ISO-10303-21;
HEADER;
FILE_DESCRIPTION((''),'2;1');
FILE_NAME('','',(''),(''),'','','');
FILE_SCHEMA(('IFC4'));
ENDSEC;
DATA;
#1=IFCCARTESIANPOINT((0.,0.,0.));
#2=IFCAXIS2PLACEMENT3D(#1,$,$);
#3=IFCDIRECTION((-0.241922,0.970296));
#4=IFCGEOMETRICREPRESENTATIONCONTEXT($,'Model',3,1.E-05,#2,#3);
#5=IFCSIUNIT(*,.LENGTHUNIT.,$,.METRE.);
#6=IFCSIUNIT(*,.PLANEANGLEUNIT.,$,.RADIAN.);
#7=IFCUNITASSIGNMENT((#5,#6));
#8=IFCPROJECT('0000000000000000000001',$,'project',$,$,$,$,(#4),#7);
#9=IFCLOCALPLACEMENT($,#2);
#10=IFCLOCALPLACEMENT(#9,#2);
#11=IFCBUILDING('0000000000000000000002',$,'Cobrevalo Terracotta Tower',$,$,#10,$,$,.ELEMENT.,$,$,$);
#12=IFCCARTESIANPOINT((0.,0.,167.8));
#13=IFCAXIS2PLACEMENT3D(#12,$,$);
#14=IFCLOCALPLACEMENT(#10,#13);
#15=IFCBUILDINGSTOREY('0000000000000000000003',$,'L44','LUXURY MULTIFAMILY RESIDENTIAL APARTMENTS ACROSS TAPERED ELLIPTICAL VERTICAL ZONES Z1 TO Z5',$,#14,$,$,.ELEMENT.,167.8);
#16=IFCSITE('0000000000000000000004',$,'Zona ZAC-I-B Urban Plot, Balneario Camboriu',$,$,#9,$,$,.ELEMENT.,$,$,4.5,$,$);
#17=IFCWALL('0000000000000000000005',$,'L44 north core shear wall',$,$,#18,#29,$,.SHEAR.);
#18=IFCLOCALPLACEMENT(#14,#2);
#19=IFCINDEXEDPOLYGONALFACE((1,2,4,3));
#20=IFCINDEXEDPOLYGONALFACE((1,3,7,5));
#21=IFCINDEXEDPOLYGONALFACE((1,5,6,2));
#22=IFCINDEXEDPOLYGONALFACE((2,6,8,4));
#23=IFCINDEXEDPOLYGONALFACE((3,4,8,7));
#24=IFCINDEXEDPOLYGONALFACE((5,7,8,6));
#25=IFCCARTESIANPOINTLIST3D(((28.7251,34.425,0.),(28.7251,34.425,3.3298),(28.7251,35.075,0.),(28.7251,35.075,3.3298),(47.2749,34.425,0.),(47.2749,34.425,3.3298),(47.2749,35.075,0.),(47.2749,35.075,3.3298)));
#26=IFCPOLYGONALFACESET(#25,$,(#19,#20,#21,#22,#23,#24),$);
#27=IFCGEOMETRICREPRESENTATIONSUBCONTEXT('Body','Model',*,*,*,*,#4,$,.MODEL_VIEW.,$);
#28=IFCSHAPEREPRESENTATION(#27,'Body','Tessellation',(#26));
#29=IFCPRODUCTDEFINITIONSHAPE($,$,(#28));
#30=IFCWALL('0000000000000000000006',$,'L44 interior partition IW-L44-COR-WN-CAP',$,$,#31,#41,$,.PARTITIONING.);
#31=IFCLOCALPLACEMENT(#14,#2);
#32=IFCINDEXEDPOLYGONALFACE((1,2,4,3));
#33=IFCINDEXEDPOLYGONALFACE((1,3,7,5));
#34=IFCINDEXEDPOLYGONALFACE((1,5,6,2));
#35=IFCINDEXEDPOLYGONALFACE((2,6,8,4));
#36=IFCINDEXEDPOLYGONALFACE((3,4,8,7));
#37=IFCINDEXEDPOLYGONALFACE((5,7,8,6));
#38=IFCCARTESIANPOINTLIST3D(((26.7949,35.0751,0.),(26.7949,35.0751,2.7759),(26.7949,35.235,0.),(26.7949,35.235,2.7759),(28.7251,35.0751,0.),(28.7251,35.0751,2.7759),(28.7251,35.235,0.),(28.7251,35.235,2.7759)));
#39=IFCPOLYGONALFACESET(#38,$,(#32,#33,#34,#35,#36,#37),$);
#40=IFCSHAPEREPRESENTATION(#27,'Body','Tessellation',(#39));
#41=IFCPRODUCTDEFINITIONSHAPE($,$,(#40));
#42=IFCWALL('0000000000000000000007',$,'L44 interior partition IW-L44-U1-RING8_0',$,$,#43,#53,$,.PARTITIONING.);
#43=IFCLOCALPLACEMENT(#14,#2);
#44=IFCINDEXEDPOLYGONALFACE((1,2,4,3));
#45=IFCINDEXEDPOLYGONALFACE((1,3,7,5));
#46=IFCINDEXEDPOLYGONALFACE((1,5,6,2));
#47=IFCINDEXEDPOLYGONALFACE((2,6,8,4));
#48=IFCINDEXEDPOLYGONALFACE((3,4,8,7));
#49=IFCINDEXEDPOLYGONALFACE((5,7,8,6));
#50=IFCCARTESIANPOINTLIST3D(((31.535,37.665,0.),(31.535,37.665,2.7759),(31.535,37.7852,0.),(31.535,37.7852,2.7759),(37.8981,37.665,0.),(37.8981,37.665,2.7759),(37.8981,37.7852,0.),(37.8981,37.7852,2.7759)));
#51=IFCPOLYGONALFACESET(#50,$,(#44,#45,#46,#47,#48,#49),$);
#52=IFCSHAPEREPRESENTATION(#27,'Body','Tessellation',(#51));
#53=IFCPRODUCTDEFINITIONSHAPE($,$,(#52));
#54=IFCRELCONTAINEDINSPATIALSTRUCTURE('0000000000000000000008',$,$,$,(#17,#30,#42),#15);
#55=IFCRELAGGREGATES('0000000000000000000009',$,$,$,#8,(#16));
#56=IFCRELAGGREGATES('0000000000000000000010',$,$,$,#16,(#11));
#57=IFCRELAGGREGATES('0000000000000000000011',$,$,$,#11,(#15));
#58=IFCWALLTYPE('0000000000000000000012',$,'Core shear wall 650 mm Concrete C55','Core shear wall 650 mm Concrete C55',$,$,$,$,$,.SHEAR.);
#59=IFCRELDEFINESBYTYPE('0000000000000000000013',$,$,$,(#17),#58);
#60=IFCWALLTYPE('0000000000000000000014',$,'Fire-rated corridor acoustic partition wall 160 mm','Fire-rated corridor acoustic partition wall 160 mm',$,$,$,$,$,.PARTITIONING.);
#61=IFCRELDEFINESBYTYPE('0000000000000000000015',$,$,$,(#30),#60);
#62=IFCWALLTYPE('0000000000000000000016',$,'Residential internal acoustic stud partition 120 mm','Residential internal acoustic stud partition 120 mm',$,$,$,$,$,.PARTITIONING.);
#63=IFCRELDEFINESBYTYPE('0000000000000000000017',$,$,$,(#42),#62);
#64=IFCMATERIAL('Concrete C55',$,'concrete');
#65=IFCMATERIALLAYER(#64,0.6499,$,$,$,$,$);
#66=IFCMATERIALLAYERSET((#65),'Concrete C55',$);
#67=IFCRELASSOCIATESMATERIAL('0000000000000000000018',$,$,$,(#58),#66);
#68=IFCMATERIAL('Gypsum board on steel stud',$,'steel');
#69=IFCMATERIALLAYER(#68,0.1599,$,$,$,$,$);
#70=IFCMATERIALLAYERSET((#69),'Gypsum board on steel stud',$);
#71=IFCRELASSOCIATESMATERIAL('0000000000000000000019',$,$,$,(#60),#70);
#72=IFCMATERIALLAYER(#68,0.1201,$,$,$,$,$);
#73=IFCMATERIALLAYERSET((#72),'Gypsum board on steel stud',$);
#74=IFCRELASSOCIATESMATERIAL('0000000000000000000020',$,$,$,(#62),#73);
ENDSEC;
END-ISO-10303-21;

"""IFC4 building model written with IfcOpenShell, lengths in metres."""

from ifc_helpers import new_model, si_unit, direction, frame, frame_2d, origin, place, context, subcontext, project, spatial, rectangle, extrude, material, layer, layer_set, type_object, element, save


model = new_model("IFC4")

# Units and contexts
model_context = context("Model", 3, precision=1e-05, world=origin(), true_north=direction((-0.241922, 0.970296)))
body_context = subcontext(model_context, "Body", "Model", "MODEL_VIEW")
ifc_project = project(units=[si_unit("LENGTHUNIT", "METRE"), si_unit("PLANEANGLEUNIT", "RADIAN")], contexts=[model_context])

# Site, building, storey
site_placement = place(None, origin())
site = spatial("IfcSite", under=ifc_project, at=site_placement, Name="Zona ZAC-I-B Urban Plot, Balneario Camboriu", CompositionType="ELEMENT", RefElevation=4.5)
building_placement = place(site_placement, origin())
building = spatial("IfcBuilding", under=site, at=building_placement, Name="Cobrevalo Terracotta Tower", CompositionType="ELEMENT")
storey_placement = place(building_placement, frame((0.0, 0.0, 167.8)))
storey = spatial("IfcBuildingStorey", under=building, at=storey_placement, Name="L44", Description="LUXURY MULTIFAMILY RESIDENTIAL APARTMENTS ACROSS TAPERED ELLIPTICAL VERTICAL ZONES Z1 TO Z5", CompositionType="ELEMENT", Elevation=167.8)

# Shared definitions
ifc_material_1 = material(Name="Concrete C55", Category="concrete")

# Walls
ifc_layer_1 = layer(ifc_material_1, 0.6499)
ifc_layer_set_1 = layer_set([ifc_layer_1], Name="Concrete C55")
wall_type_1 = type_object("IfcWallType", Name="Core shear wall 650 mm Concrete C55", Description="Core shear wall 650 mm Concrete C55", PredefinedType="SHEAR", material=ifc_layer_set_1)
wall_1_placement = place(storey_placement, frame((28.7251, 34.75, 0.0), z_axis=(0.0, 0.0, 1.0), x_axis=(1.0, 0.0, 0.0)))
element("IfcWall", 1, at=wall_1_placement, inside=storey, type_object=wall_type_1, Name="L44 north core shear wall", PredefinedType="SHEAR", context=body_context, shape_type="SweptSolid", body=[
    extrude(rectangle(XDim=18.5498, YDim=0.6499, at=frame_2d((9.2749, 0.0))), origin(), (0.0, 0.0, 1.0), 3.3298),
])
ifc_material_2 = material(Name="Gypsum board on steel stud", Category="steel")
ifc_layer_2 = layer(ifc_material_2, 0.1599)
ifc_layer_set_2 = layer_set([ifc_layer_2], Name="Gypsum board on steel stud")
wall_type_2 = type_object("IfcWallType", Name="Fire-rated corridor acoustic partition wall 160 mm", Description="Fire-rated corridor acoustic partition wall 160 mm", PredefinedType="PARTITIONING", material=ifc_layer_set_2)
wall_2_placement = place(storey_placement, frame((26.7949, 35.155, 0.0), z_axis=(0.0, 0.0, 1.0), x_axis=(1.0, 0.0, 0.0)))
element("IfcWall", 2, at=wall_2_placement, inside=storey, type_object=wall_type_2, Name="L44 interior partition IW-L44-COR-WN-CAP", PredefinedType="PARTITIONING", context=body_context, shape_type="SweptSolid", body=[
    extrude(rectangle(XDim=1.9302, YDim=0.1599, at=frame_2d((0.9651, 0.0))), origin(), (0.0, 0.0, 1.0), 2.7759),
])
ifc_layer_3 = layer(ifc_material_2, 0.1201)
ifc_layer_set_3 = layer_set([ifc_layer_3], Name="Gypsum board on steel stud")
wall_type_3 = type_object("IfcWallType", Name="Residential internal acoustic stud partition 120 mm", Description="Residential internal acoustic stud partition 120 mm", PredefinedType="PARTITIONING", material=ifc_layer_set_3)
wall_3_placement = place(storey_placement, frame((31.5349, 37.7251, 0.0), z_axis=(0.0, 0.0, 1.0), x_axis=(1.0, 0.0, 0.0)))
element("IfcWall", 3, at=wall_3_placement, inside=storey, type_object=wall_type_3, Name="L44 interior partition IW-L44-U1-RING8_0", PredefinedType="PARTITIONING", context=body_context, shape_type="SweptSolid", body=[
    extrude(rectangle(XDim=6.363, YDim=0.1201, at=frame_2d((3.1816, 0.0))), origin(), (0.0, 0.0, 1.0), 2.7759),
])

save(model, "model.ifc")
